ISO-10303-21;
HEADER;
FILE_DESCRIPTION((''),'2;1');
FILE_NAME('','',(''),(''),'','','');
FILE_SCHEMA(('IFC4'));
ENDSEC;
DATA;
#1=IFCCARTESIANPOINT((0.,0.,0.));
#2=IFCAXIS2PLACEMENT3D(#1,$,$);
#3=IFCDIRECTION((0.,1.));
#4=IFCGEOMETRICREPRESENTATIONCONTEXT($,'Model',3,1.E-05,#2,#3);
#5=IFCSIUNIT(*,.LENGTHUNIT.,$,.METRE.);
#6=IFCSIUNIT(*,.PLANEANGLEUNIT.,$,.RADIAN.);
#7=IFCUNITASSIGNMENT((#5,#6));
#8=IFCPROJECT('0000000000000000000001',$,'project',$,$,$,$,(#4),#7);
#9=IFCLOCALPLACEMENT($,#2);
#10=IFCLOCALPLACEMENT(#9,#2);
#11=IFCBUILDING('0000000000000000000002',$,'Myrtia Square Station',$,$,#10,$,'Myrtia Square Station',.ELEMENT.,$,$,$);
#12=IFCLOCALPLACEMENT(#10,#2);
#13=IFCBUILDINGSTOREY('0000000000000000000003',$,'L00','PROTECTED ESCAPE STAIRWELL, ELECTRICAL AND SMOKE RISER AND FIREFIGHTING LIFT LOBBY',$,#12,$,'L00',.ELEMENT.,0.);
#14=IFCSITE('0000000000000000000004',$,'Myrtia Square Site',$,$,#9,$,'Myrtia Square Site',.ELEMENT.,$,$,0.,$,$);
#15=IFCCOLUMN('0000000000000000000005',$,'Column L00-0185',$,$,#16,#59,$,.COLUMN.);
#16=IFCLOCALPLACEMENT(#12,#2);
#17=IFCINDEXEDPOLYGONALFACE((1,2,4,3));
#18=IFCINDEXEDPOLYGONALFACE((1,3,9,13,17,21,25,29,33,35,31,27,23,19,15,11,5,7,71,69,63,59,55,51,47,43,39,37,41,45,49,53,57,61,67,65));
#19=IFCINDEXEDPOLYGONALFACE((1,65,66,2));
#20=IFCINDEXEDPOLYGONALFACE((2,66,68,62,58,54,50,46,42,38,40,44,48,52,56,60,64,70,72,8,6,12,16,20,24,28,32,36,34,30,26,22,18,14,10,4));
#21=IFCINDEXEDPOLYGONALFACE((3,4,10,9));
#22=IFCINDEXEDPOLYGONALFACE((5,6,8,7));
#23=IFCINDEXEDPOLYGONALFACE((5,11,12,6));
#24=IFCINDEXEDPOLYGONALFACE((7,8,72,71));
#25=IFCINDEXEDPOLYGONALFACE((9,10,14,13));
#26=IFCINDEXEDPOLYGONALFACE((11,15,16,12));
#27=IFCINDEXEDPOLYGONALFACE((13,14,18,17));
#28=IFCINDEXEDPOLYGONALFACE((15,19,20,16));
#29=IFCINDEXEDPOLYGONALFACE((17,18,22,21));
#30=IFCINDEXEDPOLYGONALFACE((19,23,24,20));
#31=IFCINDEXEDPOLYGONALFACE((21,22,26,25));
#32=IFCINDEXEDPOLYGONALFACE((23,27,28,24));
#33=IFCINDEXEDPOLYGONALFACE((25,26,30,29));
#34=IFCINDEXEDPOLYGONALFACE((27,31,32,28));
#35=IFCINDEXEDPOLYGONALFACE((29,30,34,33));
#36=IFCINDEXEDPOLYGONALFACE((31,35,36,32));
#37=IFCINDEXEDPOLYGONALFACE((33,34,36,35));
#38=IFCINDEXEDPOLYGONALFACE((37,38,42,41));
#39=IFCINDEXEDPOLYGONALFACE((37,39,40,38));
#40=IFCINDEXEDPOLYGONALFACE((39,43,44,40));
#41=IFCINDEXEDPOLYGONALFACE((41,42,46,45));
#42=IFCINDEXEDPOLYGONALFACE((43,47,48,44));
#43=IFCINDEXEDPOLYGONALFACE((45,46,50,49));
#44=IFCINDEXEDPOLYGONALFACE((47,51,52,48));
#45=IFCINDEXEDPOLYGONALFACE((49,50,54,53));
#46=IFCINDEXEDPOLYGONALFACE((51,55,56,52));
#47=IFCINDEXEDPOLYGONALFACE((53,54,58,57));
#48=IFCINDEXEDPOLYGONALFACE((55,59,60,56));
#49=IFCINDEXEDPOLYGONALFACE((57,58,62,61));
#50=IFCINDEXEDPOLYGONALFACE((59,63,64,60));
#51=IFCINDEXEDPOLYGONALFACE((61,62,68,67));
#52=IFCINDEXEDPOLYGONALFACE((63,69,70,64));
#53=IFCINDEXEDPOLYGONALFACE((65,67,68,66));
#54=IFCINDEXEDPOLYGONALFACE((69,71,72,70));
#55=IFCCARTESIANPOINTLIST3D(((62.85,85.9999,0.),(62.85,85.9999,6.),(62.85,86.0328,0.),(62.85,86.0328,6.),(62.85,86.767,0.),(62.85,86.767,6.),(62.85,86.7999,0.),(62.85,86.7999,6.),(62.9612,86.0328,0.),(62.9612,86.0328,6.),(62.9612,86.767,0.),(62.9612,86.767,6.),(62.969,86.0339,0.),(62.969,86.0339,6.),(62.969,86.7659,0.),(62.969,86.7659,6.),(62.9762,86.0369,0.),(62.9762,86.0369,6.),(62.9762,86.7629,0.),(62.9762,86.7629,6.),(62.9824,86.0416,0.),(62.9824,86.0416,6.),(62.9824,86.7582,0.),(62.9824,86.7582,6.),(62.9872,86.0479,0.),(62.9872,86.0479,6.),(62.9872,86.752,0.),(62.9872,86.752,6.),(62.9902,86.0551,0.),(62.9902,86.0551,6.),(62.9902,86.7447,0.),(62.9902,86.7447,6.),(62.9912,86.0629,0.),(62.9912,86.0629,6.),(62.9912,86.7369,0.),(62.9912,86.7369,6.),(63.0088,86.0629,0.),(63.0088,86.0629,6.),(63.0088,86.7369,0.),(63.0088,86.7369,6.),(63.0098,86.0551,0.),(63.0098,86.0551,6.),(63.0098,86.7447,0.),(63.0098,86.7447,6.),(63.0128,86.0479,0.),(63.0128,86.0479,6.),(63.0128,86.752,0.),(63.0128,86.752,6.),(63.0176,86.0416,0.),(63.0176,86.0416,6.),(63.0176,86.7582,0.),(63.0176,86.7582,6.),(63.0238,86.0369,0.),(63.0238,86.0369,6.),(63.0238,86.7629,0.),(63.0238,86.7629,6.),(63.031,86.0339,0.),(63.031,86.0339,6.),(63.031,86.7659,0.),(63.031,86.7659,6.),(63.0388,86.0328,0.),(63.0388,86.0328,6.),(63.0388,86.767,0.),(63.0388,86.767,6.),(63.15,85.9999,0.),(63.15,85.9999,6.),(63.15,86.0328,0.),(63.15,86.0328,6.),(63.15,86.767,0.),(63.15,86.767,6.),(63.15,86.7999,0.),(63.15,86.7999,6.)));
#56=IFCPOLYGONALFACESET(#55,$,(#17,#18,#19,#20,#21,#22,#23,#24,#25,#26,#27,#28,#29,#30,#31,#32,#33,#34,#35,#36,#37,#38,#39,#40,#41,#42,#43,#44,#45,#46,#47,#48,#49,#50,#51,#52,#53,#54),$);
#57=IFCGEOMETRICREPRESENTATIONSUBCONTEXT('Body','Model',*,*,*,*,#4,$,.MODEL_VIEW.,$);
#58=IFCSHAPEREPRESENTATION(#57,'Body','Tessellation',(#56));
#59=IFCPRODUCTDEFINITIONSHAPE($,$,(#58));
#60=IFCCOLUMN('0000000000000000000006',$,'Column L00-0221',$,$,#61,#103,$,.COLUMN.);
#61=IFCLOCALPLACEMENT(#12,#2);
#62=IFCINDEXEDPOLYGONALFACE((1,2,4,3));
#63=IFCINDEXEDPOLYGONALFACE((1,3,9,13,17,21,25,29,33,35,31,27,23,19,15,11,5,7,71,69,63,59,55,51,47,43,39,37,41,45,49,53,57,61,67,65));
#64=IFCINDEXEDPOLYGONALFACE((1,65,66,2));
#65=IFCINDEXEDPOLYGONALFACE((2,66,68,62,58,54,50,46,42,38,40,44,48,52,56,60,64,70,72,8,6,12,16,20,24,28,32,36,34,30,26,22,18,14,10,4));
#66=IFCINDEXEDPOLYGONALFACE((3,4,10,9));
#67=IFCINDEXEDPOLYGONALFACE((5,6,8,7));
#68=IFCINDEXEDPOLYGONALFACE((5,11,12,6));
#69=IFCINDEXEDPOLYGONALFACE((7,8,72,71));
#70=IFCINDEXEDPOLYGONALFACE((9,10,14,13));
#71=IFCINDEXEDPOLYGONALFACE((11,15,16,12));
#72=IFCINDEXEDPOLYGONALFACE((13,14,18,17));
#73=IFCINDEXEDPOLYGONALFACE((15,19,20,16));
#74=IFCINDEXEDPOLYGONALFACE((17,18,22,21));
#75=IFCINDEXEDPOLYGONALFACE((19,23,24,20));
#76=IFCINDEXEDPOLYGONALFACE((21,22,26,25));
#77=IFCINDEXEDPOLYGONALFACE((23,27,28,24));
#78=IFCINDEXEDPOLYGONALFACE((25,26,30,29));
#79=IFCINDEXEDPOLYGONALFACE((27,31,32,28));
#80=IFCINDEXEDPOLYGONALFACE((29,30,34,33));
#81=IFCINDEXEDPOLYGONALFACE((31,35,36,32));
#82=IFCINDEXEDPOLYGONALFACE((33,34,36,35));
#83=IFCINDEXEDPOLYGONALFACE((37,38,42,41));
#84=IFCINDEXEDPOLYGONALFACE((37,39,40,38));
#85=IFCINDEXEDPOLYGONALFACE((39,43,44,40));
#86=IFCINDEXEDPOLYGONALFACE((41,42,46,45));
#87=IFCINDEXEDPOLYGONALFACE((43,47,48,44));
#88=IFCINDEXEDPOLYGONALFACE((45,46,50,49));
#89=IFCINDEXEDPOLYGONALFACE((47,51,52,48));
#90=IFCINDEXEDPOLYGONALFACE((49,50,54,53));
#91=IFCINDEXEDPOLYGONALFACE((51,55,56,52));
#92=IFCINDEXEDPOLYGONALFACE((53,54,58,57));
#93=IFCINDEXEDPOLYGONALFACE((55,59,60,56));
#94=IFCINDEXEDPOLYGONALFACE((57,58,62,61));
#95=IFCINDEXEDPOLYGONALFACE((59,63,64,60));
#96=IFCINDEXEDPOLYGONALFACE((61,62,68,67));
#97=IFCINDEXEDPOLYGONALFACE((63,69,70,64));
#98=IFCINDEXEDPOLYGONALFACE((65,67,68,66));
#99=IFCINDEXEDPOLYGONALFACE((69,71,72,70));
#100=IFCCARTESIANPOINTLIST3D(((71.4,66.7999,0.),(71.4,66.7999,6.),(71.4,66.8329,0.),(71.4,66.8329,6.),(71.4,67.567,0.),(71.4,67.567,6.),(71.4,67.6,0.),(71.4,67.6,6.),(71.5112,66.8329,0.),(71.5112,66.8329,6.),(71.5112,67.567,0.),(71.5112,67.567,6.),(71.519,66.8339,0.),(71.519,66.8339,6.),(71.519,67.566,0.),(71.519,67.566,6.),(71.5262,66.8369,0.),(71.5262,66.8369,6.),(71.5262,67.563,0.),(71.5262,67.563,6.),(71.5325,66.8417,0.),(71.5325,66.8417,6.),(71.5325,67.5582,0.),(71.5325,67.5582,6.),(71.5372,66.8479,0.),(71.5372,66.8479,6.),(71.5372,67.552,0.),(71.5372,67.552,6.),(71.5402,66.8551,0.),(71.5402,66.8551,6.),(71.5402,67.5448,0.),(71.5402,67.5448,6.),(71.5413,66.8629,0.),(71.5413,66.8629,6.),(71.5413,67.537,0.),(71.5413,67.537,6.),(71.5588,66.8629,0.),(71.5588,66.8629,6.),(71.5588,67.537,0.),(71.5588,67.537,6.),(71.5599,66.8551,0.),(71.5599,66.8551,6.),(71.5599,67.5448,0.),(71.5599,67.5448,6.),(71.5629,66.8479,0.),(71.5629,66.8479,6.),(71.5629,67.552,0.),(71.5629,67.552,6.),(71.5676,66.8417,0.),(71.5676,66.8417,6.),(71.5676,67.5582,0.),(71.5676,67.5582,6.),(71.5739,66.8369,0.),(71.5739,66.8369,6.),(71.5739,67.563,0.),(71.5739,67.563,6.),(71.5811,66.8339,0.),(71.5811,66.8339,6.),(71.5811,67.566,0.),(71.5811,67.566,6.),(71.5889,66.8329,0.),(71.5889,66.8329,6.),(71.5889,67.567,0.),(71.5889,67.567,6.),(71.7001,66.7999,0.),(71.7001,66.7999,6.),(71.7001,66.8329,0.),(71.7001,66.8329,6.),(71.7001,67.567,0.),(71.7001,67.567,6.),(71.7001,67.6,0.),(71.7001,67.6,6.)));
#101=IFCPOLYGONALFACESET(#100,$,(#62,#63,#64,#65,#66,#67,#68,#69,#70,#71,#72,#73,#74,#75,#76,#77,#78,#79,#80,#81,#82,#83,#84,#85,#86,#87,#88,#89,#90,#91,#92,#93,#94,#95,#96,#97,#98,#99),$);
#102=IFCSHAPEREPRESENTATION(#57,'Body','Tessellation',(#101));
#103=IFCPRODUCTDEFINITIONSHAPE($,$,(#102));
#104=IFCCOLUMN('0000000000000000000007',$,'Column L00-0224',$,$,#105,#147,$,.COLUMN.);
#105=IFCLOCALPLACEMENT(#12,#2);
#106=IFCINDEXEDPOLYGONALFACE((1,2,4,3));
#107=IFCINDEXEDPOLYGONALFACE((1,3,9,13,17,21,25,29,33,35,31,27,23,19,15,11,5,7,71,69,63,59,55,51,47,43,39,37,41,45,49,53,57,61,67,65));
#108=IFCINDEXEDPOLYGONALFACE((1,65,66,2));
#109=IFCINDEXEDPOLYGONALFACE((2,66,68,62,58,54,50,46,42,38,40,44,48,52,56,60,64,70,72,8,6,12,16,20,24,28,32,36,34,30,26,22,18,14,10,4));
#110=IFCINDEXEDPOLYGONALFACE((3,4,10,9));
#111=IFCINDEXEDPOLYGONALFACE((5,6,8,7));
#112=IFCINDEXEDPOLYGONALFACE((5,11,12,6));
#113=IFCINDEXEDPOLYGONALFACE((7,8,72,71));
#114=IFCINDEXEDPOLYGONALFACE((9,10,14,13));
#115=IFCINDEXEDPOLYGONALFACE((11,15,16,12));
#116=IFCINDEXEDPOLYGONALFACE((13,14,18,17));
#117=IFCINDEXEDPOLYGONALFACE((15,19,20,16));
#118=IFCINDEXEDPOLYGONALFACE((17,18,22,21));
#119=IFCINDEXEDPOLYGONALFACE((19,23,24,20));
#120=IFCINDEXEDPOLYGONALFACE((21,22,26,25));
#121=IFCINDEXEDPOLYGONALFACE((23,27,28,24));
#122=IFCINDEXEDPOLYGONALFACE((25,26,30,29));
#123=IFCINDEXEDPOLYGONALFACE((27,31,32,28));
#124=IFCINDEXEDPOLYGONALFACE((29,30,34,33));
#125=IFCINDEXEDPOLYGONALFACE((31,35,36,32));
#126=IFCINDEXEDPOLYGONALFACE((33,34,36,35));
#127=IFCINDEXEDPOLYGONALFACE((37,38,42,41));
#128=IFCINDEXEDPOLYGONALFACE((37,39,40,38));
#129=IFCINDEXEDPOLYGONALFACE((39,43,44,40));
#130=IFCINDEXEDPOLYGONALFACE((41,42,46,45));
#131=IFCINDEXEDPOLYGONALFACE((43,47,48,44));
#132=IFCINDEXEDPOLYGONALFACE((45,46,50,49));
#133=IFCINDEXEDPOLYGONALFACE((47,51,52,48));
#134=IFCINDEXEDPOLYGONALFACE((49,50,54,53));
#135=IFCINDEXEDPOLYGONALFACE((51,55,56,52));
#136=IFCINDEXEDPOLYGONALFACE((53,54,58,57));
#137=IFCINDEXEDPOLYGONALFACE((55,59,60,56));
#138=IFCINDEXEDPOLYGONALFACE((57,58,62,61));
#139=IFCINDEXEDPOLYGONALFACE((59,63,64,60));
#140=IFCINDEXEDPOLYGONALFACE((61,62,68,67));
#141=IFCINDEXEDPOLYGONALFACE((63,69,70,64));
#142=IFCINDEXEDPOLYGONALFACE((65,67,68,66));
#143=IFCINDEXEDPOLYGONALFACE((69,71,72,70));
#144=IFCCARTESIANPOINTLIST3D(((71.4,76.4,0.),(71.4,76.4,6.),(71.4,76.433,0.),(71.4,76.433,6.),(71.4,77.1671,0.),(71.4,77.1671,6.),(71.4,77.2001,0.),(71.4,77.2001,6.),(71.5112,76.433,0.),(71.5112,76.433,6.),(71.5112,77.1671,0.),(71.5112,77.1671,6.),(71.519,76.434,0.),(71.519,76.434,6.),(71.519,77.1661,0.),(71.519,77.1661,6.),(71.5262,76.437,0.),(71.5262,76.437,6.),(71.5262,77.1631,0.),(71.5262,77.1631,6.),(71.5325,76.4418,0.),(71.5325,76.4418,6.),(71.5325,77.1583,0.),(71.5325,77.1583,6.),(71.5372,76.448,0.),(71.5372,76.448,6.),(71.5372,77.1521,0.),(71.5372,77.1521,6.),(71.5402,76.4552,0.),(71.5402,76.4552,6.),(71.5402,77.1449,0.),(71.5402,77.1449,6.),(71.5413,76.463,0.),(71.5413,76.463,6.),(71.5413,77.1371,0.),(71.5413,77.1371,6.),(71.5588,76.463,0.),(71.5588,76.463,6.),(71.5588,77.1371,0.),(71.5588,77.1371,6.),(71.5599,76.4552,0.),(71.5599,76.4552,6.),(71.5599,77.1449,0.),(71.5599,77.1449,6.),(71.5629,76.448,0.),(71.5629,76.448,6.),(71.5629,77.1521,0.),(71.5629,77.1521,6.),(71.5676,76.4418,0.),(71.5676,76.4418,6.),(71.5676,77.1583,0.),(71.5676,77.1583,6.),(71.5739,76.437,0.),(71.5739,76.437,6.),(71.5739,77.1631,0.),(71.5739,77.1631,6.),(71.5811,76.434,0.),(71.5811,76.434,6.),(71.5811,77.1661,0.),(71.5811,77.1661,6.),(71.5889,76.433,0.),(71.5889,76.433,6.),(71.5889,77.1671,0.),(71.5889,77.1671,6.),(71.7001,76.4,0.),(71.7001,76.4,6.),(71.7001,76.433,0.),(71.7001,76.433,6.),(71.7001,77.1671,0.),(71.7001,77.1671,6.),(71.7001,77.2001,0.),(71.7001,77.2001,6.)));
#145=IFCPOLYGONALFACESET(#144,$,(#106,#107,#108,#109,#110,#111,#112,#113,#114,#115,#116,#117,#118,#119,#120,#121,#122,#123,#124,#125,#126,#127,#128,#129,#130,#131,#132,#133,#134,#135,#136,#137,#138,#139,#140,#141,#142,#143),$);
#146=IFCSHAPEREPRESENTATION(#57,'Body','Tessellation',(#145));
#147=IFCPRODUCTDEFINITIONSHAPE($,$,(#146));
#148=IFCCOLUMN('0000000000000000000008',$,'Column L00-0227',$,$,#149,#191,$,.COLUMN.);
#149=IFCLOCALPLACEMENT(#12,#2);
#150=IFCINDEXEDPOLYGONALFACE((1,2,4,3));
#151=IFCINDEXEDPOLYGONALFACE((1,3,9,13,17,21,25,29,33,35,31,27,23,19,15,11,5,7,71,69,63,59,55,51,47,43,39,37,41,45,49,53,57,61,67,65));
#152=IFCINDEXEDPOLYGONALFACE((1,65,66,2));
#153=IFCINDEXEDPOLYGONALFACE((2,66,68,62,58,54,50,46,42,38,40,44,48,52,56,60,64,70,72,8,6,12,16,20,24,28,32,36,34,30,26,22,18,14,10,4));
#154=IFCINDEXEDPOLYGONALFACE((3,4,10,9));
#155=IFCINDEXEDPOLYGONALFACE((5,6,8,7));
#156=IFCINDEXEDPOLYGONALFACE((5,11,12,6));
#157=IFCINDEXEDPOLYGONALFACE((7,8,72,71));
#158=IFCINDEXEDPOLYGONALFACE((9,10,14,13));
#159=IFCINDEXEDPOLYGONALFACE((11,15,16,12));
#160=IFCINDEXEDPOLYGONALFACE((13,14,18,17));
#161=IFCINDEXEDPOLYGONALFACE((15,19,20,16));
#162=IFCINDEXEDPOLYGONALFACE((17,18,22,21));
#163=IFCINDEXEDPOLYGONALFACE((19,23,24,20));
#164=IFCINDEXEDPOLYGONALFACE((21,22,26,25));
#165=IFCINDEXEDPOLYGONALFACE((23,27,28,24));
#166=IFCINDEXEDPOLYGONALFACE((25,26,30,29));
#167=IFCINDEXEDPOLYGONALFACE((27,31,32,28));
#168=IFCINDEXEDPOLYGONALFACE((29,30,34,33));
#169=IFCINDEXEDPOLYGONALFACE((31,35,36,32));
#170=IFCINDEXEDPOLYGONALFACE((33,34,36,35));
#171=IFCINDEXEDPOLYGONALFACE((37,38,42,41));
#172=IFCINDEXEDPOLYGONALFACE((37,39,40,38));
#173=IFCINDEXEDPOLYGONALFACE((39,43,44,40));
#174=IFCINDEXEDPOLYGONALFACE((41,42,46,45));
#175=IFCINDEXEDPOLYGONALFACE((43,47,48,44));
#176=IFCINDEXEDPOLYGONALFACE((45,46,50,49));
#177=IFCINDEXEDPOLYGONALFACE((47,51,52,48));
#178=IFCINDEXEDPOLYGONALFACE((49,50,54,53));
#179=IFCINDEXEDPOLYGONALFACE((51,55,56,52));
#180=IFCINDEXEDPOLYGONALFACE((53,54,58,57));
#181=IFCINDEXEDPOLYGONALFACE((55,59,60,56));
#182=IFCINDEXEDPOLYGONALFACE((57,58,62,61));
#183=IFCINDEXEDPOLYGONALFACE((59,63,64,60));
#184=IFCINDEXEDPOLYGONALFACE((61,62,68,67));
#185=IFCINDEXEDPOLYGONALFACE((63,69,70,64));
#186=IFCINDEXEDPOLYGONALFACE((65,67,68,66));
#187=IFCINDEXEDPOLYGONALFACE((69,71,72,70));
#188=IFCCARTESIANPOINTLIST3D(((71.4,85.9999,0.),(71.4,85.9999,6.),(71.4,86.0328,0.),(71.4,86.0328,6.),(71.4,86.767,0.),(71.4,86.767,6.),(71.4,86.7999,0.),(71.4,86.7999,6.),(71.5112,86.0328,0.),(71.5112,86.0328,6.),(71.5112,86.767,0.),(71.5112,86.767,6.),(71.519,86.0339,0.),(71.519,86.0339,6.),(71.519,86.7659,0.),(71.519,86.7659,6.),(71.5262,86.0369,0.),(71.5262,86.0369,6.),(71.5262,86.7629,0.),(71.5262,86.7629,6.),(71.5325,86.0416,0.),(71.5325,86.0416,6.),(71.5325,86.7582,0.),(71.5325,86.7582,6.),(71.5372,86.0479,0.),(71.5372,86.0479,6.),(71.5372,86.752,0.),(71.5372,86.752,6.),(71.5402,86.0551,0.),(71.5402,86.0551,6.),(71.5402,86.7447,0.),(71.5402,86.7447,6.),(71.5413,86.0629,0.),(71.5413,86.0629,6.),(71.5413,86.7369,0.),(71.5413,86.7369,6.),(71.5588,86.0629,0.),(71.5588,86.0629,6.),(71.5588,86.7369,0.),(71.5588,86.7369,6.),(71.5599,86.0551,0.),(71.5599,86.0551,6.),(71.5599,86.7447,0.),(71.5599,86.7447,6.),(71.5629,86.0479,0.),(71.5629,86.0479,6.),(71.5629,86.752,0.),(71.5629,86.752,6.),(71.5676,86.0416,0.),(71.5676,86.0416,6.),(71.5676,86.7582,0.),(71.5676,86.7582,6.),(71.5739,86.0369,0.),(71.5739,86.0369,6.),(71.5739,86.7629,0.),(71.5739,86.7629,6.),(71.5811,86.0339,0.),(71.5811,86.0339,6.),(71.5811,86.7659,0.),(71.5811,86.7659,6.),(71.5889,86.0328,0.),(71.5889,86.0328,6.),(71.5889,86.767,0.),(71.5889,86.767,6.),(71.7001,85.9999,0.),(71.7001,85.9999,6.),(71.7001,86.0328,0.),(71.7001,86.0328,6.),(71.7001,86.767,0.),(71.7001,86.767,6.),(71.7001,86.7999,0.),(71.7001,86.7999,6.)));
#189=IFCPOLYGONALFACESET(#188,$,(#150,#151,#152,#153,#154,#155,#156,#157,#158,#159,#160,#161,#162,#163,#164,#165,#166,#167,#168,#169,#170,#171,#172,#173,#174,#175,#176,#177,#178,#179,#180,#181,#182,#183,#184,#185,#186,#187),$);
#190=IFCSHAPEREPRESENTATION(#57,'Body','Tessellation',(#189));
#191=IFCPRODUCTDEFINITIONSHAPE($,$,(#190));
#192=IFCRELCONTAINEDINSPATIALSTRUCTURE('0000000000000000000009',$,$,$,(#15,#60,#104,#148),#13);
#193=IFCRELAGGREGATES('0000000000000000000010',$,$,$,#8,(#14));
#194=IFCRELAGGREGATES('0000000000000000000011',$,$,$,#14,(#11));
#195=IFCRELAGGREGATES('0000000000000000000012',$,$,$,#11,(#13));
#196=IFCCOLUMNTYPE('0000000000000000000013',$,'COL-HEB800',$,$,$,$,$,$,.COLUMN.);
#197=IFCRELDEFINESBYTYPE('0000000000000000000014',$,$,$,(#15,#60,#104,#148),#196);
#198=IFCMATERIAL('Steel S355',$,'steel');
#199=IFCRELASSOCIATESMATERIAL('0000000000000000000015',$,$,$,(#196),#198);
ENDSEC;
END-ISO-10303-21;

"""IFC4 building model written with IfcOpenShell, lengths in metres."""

from ifc_helpers import new_model, si_unit, direction, frame, origin, origin_2d, place, context, subcontext, project, spatial, i_section, extrude, material, material_profile, profile_set, type_object, element, save


model = new_model("IFC4")

# Units and contexts
model_context = context("Model", 3, precision=1e-05, world=origin(), true_north=direction((0.0, 1.0)))
body_context = subcontext(model_context, "Body", "Model", "MODEL_VIEW")
ifc_project = project(units=[si_unit("LENGTHUNIT", "METRE"), si_unit("PLANEANGLEUNIT", "RADIAN")], contexts=[model_context])

# Site, building, storey
site_placement = place(None, origin())
site = spatial("IfcSite", under=ifc_project, at=site_placement, Name="Myrtia Square Site", LongName="Myrtia Square Site", CompositionType="ELEMENT", RefElevation=0.0)
building_placement = place(site_placement, origin())
building = spatial("IfcBuilding", under=site, at=building_placement, Name="Myrtia Square Station", LongName="Myrtia Square Station", CompositionType="ELEMENT")
storey_placement = place(building_placement, origin())
storey = spatial("IfcBuildingStorey", under=building, at=storey_placement, Name="L00", Description="PROTECTED ESCAPE STAIRWELL, ELECTRICAL AND SMOKE RISER AND FIREFIGHTING LIFT LOBBY", LongName="L00", CompositionType="ELEMENT", Elevation=0.0)

# Columns
ifc_material_1 = material(Name="Steel S355", Category="steel")
ifc_material_profile_1 = material_profile(ifc_material_1, i_section(OverallWidth=0.3, OverallDepth=0.8, WebThickness=0.0176, FlangeThickness=0.033, FilletRadius=0.03, at=origin_2d()), Name="HEB 800")
ifc_profile_set_1 = profile_set([ifc_material_profile_1], Name="Steel S355")
column_type_1 = type_object("IfcColumnType", Name="COL-HEB800", PredefinedType="COLUMN", material=ifc_profile_set_1)
for number, where, z_axis, x_axis, name in (
    (1, (63.0, 86.3999, 0.0), (0.0, 0.0, 1.0), (1.0, 0.0, 0.0), "Column L00-0185"),
    (2, (71.55, 67.2, 0.0), (0.0, 0.0, 1.0), (1.0, 0.0, 0.0), "Column L00-0221"),
    (3, (71.55, 76.8, 0.0), (0.0, 0.0, 1.0), (1.0, 0.0, 0.0), "Column L00-0224"),
    (4, (71.55, 86.3999, 0.0), (0.0, 0.0, 1.0), (1.0, 0.0, 0.0), "Column L00-0227"),
):
    element("IfcColumn", number, at=place(storey_placement, frame(where, z_axis=z_axis, x_axis=x_axis)), inside=storey, type_object=column_type_1, Name=name, PredefinedType="COLUMN", context=body_context, shape_type="SweptSolid", body=[
        extrude(i_section(OverallWidth=0.3, OverallDepth=0.8, WebThickness=0.0176, FlangeThickness=0.033, FilletRadius=0.03, at=origin_2d()), origin(), (0.0, 0.0, 1.0), 6.0),
    ])

save(model, "model.ifc")
